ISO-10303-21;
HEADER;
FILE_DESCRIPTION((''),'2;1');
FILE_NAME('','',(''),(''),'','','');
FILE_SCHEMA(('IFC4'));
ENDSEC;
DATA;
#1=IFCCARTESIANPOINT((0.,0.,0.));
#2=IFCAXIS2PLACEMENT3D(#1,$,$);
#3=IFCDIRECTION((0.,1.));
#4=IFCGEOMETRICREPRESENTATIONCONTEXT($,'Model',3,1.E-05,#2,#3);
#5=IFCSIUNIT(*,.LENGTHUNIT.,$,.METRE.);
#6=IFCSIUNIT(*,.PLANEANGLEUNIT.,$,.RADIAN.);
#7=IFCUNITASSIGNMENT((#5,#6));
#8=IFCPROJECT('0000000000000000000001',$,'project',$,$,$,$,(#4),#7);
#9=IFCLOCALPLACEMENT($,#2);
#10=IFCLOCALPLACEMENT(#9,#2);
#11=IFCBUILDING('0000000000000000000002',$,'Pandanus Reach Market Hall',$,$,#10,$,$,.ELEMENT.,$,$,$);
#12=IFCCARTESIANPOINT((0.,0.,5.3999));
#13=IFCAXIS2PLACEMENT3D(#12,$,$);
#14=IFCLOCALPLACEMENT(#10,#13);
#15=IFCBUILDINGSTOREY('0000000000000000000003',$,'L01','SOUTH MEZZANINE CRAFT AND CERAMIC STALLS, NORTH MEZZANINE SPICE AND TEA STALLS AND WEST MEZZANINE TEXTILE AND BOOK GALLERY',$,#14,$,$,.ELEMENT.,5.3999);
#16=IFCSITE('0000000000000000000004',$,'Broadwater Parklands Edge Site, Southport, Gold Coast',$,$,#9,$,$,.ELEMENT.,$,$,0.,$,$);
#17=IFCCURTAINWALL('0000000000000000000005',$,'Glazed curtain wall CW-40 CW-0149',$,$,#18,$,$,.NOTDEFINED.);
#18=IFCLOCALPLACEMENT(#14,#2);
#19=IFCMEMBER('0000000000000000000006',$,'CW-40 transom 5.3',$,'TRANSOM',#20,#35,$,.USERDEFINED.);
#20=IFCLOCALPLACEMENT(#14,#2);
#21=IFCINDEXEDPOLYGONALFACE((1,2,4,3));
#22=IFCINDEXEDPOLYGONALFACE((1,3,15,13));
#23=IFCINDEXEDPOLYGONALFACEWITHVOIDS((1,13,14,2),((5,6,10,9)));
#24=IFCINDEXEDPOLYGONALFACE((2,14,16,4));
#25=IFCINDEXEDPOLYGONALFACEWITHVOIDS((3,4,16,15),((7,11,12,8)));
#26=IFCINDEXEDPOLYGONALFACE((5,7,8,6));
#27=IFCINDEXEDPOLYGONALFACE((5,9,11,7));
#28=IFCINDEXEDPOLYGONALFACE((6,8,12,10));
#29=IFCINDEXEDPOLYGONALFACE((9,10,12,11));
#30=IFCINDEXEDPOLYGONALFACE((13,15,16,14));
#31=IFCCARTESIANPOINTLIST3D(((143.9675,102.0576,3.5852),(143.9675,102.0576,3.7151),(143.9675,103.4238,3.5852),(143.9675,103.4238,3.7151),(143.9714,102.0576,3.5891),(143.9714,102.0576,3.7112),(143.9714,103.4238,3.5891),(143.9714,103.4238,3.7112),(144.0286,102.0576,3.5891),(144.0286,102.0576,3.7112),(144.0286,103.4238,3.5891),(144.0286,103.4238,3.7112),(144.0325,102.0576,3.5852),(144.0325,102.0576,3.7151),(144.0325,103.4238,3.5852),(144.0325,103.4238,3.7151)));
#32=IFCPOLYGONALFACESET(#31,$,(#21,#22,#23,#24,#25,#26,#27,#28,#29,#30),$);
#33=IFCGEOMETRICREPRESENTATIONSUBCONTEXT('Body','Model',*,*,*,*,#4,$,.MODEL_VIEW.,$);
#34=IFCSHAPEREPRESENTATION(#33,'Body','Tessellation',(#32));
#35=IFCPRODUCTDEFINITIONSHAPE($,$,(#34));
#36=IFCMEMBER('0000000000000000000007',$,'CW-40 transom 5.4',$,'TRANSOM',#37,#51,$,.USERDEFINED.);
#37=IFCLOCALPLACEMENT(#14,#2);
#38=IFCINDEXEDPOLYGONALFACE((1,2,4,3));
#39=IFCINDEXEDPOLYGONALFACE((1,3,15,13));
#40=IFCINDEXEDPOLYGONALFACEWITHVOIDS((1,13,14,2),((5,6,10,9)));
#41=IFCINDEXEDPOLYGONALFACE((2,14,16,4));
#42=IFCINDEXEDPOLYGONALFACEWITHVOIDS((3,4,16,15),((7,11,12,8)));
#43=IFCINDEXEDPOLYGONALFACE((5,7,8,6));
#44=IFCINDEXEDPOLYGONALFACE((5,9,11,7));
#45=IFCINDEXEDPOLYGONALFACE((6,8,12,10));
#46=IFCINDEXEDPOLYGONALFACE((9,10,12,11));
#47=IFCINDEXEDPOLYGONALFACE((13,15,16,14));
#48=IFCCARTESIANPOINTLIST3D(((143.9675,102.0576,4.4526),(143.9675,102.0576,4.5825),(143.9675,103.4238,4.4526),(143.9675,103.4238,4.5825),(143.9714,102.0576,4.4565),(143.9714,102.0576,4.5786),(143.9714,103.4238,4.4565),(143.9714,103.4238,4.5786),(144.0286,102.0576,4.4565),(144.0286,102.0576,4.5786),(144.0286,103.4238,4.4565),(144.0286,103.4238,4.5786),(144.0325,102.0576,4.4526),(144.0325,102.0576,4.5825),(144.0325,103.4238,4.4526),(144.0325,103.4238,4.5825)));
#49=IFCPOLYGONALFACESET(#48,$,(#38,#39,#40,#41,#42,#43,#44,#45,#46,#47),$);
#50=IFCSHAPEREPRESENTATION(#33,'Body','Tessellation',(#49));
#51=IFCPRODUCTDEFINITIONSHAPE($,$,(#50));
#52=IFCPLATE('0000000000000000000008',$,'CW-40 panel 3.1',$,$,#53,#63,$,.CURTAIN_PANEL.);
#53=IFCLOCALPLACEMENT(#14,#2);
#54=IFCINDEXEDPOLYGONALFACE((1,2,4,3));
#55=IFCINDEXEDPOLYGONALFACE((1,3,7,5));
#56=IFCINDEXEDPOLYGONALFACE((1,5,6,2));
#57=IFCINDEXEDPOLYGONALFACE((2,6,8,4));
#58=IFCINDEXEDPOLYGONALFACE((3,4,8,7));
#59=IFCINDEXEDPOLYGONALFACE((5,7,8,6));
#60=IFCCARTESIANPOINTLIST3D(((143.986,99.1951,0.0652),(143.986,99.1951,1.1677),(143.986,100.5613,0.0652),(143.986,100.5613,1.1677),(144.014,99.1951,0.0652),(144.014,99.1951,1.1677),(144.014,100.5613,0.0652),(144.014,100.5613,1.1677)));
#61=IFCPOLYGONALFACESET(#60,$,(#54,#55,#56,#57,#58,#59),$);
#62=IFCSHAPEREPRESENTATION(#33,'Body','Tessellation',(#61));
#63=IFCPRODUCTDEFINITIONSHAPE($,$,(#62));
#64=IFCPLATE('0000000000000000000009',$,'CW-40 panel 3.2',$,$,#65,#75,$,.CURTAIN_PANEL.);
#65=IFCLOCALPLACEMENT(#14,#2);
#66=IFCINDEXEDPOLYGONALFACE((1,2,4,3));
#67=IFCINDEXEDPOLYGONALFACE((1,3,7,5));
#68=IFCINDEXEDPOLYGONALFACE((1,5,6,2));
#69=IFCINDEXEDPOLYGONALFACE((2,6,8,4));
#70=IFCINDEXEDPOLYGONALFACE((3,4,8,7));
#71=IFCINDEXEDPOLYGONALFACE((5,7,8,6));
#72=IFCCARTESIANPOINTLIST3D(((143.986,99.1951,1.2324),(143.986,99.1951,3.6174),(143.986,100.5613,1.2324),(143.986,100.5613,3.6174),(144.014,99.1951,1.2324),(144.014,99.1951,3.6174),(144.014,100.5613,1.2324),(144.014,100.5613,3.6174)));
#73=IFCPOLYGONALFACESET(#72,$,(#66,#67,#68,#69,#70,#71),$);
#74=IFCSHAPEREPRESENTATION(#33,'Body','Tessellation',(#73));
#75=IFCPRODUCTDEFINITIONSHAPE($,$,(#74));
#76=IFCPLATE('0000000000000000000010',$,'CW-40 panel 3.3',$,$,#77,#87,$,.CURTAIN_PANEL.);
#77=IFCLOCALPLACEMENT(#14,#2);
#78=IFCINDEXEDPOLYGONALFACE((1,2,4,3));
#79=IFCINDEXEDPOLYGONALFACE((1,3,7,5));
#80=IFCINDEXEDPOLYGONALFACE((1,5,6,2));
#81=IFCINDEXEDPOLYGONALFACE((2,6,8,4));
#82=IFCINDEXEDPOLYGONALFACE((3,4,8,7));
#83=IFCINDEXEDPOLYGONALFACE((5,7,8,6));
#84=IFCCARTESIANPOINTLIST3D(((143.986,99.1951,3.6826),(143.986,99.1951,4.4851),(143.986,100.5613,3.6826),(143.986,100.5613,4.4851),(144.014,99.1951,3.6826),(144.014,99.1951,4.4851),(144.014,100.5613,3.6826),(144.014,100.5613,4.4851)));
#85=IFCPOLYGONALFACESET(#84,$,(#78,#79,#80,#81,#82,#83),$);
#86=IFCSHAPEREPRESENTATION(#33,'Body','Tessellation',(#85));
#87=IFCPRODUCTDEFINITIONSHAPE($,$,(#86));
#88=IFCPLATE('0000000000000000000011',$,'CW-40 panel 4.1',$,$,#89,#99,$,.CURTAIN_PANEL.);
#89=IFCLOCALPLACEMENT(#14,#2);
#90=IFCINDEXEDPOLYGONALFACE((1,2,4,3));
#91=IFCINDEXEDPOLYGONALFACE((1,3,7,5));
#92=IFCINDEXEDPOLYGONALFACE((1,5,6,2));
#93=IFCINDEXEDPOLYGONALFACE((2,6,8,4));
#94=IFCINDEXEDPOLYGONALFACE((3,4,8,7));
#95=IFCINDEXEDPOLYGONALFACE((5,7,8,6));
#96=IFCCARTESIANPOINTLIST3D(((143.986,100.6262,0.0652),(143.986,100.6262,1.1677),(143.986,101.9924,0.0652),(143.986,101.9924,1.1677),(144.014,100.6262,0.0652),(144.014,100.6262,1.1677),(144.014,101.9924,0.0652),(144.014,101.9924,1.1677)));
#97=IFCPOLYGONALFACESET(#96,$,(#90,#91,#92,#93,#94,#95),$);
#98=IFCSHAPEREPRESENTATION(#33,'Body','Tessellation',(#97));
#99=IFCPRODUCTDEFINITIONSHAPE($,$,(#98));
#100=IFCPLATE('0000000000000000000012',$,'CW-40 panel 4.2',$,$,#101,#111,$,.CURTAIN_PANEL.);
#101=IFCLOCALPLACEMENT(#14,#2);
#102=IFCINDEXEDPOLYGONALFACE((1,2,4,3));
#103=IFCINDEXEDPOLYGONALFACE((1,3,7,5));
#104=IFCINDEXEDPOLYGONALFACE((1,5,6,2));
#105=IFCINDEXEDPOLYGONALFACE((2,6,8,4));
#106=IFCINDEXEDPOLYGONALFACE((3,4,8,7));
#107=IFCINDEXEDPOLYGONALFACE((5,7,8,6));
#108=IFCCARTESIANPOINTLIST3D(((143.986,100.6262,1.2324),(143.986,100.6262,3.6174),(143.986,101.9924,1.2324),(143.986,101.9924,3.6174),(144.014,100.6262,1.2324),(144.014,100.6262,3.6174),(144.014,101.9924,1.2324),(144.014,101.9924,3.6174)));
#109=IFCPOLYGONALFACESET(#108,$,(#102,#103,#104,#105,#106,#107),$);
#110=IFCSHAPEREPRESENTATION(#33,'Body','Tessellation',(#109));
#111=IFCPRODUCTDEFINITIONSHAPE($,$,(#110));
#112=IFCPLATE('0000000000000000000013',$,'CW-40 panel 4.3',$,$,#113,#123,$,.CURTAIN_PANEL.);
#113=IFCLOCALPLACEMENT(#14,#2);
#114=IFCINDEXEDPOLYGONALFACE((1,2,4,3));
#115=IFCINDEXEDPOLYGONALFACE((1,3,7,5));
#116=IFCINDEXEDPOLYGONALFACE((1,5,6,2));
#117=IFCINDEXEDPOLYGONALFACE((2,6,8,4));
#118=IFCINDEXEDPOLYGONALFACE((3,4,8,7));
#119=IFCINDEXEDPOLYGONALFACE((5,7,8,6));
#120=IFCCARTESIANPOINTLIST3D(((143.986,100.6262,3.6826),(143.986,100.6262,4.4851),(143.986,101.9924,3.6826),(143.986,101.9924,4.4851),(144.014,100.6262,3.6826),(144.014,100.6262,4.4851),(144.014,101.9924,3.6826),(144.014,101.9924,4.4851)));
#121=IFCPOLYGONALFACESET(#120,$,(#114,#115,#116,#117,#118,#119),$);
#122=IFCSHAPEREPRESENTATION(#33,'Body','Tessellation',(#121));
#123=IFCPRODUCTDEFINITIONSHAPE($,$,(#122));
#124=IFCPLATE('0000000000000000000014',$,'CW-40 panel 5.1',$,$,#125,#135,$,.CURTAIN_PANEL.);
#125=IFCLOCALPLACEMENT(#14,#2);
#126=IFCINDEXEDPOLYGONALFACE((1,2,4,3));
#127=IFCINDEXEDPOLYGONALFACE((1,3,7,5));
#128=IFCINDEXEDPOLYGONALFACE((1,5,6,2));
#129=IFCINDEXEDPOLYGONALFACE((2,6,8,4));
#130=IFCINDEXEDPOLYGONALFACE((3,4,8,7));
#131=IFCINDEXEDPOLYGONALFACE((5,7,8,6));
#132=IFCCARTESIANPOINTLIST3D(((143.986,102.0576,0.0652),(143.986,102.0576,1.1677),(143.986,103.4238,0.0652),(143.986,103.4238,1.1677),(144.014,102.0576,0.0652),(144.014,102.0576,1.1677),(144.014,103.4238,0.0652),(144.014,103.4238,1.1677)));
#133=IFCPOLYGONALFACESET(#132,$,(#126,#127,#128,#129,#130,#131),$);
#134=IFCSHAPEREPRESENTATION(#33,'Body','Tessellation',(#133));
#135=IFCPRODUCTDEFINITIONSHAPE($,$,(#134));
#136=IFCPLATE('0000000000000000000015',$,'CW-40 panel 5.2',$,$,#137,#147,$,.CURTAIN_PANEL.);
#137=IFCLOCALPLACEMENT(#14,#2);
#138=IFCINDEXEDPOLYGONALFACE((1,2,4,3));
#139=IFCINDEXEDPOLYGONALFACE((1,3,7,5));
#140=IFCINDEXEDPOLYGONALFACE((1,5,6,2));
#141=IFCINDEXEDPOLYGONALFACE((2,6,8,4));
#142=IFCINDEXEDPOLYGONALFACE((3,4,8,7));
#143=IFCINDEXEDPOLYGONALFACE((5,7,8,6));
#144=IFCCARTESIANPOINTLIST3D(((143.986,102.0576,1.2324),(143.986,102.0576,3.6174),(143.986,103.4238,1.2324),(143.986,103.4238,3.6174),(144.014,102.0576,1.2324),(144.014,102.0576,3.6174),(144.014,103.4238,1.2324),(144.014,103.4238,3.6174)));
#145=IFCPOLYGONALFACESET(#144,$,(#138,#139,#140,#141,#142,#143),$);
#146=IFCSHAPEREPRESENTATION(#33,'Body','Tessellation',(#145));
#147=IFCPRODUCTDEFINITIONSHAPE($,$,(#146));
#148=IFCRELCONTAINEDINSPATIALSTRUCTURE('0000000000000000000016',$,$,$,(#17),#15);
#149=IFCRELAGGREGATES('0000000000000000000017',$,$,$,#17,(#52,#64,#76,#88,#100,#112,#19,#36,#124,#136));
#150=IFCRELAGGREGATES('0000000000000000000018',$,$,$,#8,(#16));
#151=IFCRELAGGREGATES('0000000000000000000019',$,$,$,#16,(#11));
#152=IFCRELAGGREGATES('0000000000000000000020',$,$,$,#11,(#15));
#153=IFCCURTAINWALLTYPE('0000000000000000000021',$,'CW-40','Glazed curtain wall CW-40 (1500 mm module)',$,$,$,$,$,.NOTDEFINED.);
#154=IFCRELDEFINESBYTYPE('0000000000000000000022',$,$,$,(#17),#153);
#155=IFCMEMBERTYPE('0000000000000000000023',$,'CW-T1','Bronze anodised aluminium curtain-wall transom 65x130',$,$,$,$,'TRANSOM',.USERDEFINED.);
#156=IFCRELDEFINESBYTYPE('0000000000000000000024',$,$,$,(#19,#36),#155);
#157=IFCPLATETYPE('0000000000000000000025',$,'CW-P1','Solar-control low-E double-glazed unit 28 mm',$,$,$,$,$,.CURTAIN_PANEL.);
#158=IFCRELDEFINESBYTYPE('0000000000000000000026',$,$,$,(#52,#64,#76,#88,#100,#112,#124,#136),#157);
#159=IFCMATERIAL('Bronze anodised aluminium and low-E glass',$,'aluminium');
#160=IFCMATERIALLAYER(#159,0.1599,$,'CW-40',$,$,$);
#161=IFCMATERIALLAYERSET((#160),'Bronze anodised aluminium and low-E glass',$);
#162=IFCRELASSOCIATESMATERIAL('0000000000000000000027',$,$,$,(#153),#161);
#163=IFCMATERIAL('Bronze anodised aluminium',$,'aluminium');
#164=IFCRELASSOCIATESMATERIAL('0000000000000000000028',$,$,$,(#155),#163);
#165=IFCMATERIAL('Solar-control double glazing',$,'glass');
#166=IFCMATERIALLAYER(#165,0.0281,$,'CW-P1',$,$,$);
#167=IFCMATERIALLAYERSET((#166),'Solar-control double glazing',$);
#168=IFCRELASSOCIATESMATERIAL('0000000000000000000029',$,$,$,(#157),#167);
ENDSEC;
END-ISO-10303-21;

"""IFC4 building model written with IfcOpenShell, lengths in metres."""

from ifc_helpers import new_model, si_unit, direction, frame, origin, origin_2d, place, context, subcontext, project, spatial, rectangle, hollow_rectangle, extrude, material, layer, layer_set, material_profile, profile_set, type_object, element, aggregate, save


model = new_model("IFC4")

# Units and contexts
model_context = context("Model", 3, precision=1e-05, world=origin(), true_north=direction((0.0, 1.0)))
body_context = subcontext(model_context, "Body", "Model", "MODEL_VIEW")
ifc_project = project(units=[si_unit("LENGTHUNIT", "METRE"), si_unit("PLANEANGLEUNIT", "RADIAN")], contexts=[model_context])

# Site, building, storey
site_placement = place(None, origin())
site = spatial("IfcSite", under=ifc_project, at=site_placement, Name="Broadwater Parklands Edge Site, Southport, Gold Coast", CompositionType="ELEMENT", RefElevation=0.0)
building_placement = place(site_placement, origin())
building = spatial("IfcBuilding", under=site, at=building_placement, Name="Pandanus Reach Market Hall", CompositionType="ELEMENT")
storey_placement = place(building_placement, frame((0.0, 0.0, 5.3999)))
storey = spatial("IfcBuildingStorey", under=building, at=storey_placement, Name="L01", Description="SOUTH MEZZANINE CRAFT AND CERAMIC STALLS, NORTH MEZZANINE SPICE AND TEA STALLS AND WEST MEZZANINE TEXTILE AND BOOK GALLERY", CompositionType="ELEMENT", Elevation=5.3999)

# Curtain wall, members, plates
ifc_material_1 = material(Name="Bronze anodised aluminium and low-E glass", Category="aluminium")
ifc_layer_1 = layer(ifc_material_1, 0.1599, Name="CW-40")
ifc_layer_set_1 = layer_set([ifc_layer_1], Name="Bronze anodised aluminium and low-E glass")
curtain_wall_type = type_object("IfcCurtainWallType", Name="CW-40", Description="Glazed curtain wall CW-40 (1500 mm module)", PredefinedType="NOTDEFINED", material=ifc_layer_set_1)
curtain_wall_placement = place(storey_placement, origin())
curtain_wall = element("IfcCurtainWall", 1, at=curtain_wall_placement, inside=storey, type_object=curtain_wall_type, Name="Glazed curtain wall CW-40 CW-0149", PredefinedType="NOTDEFINED")
ifc_material_2 = material(Name="Bronze anodised aluminium", Category="aluminium")
ifc_material_profile_1 = material_profile(ifc_material_2, hollow_rectangle(XDim=0.0649, YDim=0.1299, WallThickness=0.0039, at=origin_2d()), Name="ALU65x130", Category="LoadBearing")
ifc_profile_set_1 = profile_set([ifc_material_profile_1], Name="Bronze anodised aluminium")
member_type_1 = type_object("IfcMemberType", Name="CW-T1", Description="Bronze anodised aluminium curtain-wall transom 65x130", ElementType="TRANSOM", PredefinedType="USERDEFINED", material=ifc_profile_set_1)
member_1_placement = place(storey_placement, frame((144.0, 102.0576, 3.6501), z_axis=(0.0, 1.0, 0.0), x_axis=(-1.0, 0.0, 0.0)))
member_1 = element("IfcMember", 2, at=member_1_placement, type_object=member_type_1, Name="CW-40 transom 5.3", ObjectType="TRANSOM", PredefinedType="USERDEFINED", context=body_context, shape_type="SweptSolid", body=[
    extrude(hollow_rectangle(XDim=0.0649, YDim=0.1299, WallThickness=0.0039, at=origin_2d()), origin(), (0.0, 0.0, 1.0), 1.3662),
])
member_2_placement = place(storey_placement, frame((144.0, 102.0576, 4.5176), z_axis=(0.0, 1.0, 0.0), x_axis=(-1.0, 0.0, 0.0)))
member_2 = element("IfcMember", 3, at=member_2_placement, type_object=member_type_1, Name="CW-40 transom 5.4", ObjectType="TRANSOM", PredefinedType="USERDEFINED", context=body_context, shape_type="SweptSolid", body=[
    extrude(hollow_rectangle(XDim=0.0649, YDim=0.1299, WallThickness=0.0039, at=origin_2d()), origin(), (0.0, 0.0, 1.0), 1.3662),
])
ifc_material_3 = material(Name="Solar-control double glazing", Category="glass")
ifc_layer_2 = layer(ifc_material_3, 0.0281, Name="CW-P1")
ifc_layer_set_2 = layer_set([ifc_layer_2], Name="Solar-control double glazing")
plate_type = type_object("IfcPlateType", Name="CW-P1", Description="Solar-control low-E double-glazed unit 28 mm", PredefinedType="CURTAIN_PANEL", material=ifc_layer_set_2)
plate_1_placement = place(storey_placement, frame((144.0, 99.8782, 0.0652), z_axis=(0.0, 0.0, 1.0), x_axis=(0.0, 1.0, 0.0)))
plate_1 = element("IfcPlate", 4, at=plate_1_placement, type_object=plate_type, Name="CW-40 panel 3.1", PredefinedType="CURTAIN_PANEL", context=body_context, shape_type="SweptSolid", body=[
    extrude(rectangle(XDim=1.3662, YDim=0.0281, at=origin_2d()), origin(), (0.0, 0.0, 1.0), 1.1025),
])
plate_2_placement = place(storey_placement, frame((144.0, 99.8782, 1.2324), z_axis=(0.0, 0.0, 1.0), x_axis=(0.0, 1.0, 0.0)))
plate_2 = element("IfcPlate", 5, at=plate_2_placement, type_object=plate_type, Name="CW-40 panel 3.2", PredefinedType="CURTAIN_PANEL", context=body_context, shape_type="SweptSolid", body=[
    extrude(rectangle(XDim=1.3662, YDim=0.0281, at=origin_2d()), origin(), (0.0, 0.0, 1.0), 2.385),
])
plate_3_placement = place(storey_placement, frame((144.0, 99.8782, 3.6826), z_axis=(0.0, 0.0, 1.0), x_axis=(0.0, 1.0, 0.0)))
plate_3 = element("IfcPlate", 6, at=plate_3_placement, type_object=plate_type, Name="CW-40 panel 3.3", PredefinedType="CURTAIN_PANEL", context=body_context, shape_type="SweptSolid", body=[
    extrude(rectangle(XDim=1.3662, YDim=0.0281, at=origin_2d()), origin(), (0.0, 0.0, 1.0), 0.8025),
])
plate_4_placement = place(storey_placement, frame((144.0, 101.3093, 0.0652), z_axis=(0.0, 0.0, 1.0), x_axis=(0.0, 1.0, 0.0)))
plate_4 = element("IfcPlate", 7, at=plate_4_placement, type_object=plate_type, Name="CW-40 panel 4.1", PredefinedType="CURTAIN_PANEL", context=body_context, shape_type="SweptSolid", body=[
    extrude(rectangle(XDim=1.3662, YDim=0.0281, at=origin_2d()), origin(), (0.0, 0.0, 1.0), 1.1025),
])
plate_5_placement = place(storey_placement, frame((144.0, 101.3093, 1.2324), z_axis=(0.0, 0.0, 1.0), x_axis=(0.0, 1.0, 0.0)))
plate_5 = element("IfcPlate", 8, at=plate_5_placement, type_object=plate_type, Name="CW-40 panel 4.2", PredefinedType="CURTAIN_PANEL", context=body_context, shape_type="SweptSolid", body=[
    extrude(rectangle(XDim=1.3662, YDim=0.0281, at=origin_2d()), origin(), (0.0, 0.0, 1.0), 2.385),
])
plate_6_placement = place(storey_placement, frame((144.0, 101.3093, 3.6826), z_axis=(0.0, 0.0, 1.0), x_axis=(0.0, 1.0, 0.0)))
plate_6 = element("IfcPlate", 9, at=plate_6_placement, type_object=plate_type, Name="CW-40 panel 4.3", PredefinedType="CURTAIN_PANEL", context=body_context, shape_type="SweptSolid", body=[
    extrude(rectangle(XDim=1.3662, YDim=0.0281, at=origin_2d()), origin(), (0.0, 0.0, 1.0), 0.8025),
])
plate_7_placement = place(storey_placement, frame((144.0, 102.7407, 0.0652), z_axis=(0.0, 0.0, 1.0), x_axis=(0.0, 1.0, 0.0)))
plate_7 = element("IfcPlate", 10, at=plate_7_placement, type_object=plate_type, Name="CW-40 panel 5.1", PredefinedType="CURTAIN_PANEL", context=body_context, shape_type="SweptSolid", body=[
    extrude(rectangle(XDim=1.3662, YDim=0.0281, at=origin_2d()), origin(), (0.0, 0.0, 1.0), 1.1025),
])
plate_8_placement = place(storey_placement, frame((144.0, 102.7407, 1.2324), z_axis=(0.0, 0.0, 1.0), x_axis=(0.0, 1.0, 0.0)))
plate_8 = element("IfcPlate", 11, at=plate_8_placement, type_object=plate_type, Name="CW-40 panel 5.2", PredefinedType="CURTAIN_PANEL", context=body_context, shape_type="SweptSolid", body=[
    extrude(rectangle(XDim=1.3662, YDim=0.0281, at=origin_2d()), origin(), (0.0, 0.0, 1.0), 2.385),
])
aggregate(curtain_wall, [plate_1, plate_2, plate_3, plate_4, plate_5, plate_6, member_1, member_2, plate_7, plate_8])

save(model, "model.ifc")
